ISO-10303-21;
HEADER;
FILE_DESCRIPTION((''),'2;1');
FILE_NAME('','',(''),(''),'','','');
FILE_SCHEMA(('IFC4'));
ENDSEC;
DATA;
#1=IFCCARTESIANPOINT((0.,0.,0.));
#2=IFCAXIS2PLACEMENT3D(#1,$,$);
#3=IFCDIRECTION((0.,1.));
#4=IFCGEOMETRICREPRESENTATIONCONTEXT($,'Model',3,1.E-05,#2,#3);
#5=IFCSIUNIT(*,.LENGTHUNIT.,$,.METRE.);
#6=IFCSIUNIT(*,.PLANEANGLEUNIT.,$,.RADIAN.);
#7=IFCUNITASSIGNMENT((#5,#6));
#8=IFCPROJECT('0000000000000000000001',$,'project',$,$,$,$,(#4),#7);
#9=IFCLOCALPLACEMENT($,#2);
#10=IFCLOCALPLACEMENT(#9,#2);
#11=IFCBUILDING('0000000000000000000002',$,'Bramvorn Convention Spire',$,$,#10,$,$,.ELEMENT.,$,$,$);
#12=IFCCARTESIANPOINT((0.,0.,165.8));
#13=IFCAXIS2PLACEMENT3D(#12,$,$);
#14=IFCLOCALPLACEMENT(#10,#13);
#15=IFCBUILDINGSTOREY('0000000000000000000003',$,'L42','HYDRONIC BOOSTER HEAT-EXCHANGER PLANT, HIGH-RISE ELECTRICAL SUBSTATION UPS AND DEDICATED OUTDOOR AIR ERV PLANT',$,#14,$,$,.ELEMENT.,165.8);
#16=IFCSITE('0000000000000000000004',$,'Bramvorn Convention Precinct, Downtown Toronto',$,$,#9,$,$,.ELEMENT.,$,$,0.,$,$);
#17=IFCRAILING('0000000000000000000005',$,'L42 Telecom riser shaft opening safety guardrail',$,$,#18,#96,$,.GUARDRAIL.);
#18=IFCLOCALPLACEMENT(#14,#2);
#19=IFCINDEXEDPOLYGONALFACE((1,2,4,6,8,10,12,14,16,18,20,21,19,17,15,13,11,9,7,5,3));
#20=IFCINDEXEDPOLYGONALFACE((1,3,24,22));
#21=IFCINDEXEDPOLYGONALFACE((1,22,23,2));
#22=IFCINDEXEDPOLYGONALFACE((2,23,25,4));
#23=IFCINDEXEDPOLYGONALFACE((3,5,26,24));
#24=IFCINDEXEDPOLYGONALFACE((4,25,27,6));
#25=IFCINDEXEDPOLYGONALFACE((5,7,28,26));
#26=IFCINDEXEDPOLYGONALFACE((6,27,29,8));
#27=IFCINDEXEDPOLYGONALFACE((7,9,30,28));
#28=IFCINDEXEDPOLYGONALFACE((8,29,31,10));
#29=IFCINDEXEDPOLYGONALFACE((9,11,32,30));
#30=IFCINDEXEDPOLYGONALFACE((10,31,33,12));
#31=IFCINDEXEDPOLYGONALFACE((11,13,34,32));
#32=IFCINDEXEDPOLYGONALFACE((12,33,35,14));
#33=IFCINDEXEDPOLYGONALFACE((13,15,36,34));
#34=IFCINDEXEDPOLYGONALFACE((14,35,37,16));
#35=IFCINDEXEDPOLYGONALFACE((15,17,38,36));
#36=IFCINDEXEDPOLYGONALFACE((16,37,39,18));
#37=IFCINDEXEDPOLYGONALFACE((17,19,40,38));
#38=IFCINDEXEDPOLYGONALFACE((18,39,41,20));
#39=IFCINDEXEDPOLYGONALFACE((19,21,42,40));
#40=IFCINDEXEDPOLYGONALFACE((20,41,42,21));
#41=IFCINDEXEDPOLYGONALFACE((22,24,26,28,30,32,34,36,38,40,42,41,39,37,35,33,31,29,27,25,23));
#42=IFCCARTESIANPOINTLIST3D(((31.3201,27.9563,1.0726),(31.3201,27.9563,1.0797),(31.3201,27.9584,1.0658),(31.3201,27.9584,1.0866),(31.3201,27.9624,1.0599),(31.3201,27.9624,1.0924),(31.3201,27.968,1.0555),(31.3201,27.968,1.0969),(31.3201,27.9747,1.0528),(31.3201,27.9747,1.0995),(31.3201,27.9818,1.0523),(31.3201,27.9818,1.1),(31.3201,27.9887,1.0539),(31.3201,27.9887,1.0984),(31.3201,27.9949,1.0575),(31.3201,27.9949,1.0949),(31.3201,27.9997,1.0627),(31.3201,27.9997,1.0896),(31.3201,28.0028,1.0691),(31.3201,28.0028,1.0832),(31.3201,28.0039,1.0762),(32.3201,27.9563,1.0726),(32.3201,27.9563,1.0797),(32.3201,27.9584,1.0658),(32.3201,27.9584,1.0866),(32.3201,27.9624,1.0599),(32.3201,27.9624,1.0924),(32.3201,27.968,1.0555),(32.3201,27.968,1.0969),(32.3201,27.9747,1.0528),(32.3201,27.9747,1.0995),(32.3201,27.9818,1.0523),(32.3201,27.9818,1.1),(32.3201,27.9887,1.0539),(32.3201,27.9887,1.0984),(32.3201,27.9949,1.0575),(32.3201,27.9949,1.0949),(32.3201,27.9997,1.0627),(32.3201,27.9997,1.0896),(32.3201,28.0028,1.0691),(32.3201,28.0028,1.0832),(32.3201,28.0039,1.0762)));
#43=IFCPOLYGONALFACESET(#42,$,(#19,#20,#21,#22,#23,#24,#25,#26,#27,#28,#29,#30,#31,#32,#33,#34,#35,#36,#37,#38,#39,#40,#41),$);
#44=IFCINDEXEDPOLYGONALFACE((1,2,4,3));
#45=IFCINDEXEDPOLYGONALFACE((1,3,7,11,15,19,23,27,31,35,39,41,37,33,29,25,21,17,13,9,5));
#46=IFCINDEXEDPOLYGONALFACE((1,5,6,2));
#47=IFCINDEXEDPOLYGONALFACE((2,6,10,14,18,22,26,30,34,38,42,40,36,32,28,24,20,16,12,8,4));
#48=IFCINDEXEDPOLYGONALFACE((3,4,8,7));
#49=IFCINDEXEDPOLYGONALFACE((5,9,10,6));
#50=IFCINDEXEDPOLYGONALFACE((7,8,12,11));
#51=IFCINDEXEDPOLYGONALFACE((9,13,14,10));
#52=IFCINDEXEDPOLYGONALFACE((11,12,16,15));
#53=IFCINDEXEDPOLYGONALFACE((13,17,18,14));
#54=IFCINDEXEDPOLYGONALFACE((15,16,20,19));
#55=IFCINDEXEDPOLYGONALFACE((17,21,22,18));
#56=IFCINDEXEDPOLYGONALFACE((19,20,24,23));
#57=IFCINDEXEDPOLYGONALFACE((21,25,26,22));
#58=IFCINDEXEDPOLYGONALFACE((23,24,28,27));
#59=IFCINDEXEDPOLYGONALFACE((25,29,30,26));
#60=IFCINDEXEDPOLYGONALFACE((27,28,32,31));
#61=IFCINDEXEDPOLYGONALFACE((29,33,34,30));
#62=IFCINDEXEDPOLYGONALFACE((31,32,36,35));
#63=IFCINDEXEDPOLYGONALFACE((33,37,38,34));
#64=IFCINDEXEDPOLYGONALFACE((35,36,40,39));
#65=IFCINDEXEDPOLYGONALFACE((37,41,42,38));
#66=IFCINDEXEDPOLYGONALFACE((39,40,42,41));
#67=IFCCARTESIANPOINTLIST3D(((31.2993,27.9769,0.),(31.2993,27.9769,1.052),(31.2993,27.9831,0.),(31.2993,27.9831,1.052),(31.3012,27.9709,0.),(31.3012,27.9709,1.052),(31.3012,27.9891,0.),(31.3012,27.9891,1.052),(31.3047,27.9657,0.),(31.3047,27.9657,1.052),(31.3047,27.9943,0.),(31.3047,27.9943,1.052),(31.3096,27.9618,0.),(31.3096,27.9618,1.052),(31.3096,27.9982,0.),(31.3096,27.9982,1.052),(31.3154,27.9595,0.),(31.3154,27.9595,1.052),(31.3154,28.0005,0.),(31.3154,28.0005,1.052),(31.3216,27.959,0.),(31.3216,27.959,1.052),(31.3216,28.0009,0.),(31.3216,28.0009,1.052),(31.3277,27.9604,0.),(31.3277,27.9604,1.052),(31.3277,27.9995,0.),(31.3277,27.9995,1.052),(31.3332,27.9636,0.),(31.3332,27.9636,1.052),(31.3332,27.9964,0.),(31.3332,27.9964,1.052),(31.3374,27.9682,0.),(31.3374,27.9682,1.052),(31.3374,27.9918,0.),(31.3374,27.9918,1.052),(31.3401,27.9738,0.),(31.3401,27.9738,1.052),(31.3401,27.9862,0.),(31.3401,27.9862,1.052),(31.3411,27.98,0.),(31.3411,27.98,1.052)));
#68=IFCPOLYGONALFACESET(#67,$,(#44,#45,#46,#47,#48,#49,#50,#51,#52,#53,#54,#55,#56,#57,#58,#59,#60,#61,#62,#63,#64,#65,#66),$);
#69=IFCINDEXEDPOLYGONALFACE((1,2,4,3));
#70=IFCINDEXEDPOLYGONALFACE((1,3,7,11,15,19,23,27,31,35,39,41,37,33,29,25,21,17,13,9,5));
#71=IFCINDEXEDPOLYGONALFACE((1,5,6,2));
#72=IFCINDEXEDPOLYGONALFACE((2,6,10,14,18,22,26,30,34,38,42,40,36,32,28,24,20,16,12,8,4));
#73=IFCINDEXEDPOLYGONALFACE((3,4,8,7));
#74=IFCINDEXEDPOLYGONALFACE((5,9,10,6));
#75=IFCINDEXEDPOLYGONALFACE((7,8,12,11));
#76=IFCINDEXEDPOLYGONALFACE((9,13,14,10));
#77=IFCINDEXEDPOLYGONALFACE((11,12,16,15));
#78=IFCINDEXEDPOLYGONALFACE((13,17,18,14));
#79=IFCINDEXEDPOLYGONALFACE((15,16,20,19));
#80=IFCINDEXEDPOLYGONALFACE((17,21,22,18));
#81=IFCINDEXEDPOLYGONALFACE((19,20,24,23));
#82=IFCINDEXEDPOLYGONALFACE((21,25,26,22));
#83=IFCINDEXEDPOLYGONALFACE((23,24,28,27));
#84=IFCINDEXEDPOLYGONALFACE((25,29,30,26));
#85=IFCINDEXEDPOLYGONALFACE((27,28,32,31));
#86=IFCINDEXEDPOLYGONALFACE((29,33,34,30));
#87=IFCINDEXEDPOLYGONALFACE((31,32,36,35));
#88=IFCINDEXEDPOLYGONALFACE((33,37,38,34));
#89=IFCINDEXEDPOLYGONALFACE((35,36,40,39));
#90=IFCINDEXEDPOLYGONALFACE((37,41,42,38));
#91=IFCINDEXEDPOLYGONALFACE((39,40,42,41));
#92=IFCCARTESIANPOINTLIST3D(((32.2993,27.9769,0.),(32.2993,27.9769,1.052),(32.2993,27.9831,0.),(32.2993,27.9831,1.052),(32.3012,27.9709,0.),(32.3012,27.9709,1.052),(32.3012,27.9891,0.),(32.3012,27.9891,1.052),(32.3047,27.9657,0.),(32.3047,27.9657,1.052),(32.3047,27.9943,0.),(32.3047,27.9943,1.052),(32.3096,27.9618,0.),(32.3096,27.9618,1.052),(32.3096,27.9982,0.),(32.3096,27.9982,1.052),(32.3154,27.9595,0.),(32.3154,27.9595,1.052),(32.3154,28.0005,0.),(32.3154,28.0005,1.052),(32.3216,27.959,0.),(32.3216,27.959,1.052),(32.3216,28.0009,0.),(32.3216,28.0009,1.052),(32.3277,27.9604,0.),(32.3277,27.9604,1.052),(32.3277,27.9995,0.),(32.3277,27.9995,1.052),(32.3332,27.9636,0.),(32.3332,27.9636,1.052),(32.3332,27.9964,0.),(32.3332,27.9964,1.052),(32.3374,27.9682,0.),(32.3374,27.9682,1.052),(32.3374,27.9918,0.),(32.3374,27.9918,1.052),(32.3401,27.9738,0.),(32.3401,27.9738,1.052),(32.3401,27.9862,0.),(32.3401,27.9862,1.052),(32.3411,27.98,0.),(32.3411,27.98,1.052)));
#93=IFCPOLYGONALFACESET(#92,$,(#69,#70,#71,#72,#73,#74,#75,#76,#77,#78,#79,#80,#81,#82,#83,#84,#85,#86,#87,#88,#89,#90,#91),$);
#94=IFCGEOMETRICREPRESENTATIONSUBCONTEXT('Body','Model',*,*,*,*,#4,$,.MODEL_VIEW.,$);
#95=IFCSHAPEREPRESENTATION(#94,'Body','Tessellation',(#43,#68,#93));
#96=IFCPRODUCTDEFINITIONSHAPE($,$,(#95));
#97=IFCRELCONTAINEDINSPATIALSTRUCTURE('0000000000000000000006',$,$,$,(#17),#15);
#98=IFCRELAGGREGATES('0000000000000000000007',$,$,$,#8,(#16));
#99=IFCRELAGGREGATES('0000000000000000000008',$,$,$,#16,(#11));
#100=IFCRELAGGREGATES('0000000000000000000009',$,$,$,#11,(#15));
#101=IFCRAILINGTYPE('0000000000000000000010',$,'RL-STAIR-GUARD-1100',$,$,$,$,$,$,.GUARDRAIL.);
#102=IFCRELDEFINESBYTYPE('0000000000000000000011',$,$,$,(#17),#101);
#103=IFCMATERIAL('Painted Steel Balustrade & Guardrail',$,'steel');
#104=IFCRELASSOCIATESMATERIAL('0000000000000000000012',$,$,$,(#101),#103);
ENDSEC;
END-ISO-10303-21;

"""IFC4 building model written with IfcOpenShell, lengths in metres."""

from ifc_helpers import new_model, si_unit, direction, frame, origin, origin_2d, place, context, subcontext, project, spatial, circle, extrude, material, type_object, element, save


model = new_model("IFC4")

# Units and contexts
model_context = context("Model", 3, precision=1e-05, world=origin(), true_north=direction((0.0, 1.0)))
body_context = subcontext(model_context, "Body", "Model", "MODEL_VIEW")
ifc_project = project(units=[si_unit("LENGTHUNIT", "METRE"), si_unit("PLANEANGLEUNIT", "RADIAN")], contexts=[model_context])

# Site, building, storey
site_placement = place(None, origin())
site = spatial("IfcSite", under=ifc_project, at=site_placement, Name="Bramvorn Convention Precinct, Downtown Toronto", CompositionType="ELEMENT", RefElevation=0.0)
building_placement = place(site_placement, origin())
building = spatial("IfcBuilding", under=site, at=building_placement, Name="Bramvorn Convention Spire", CompositionType="ELEMENT")
storey_placement = place(building_placement, frame((0.0, 0.0, 165.8)))
storey = spatial("IfcBuildingStorey", under=building, at=storey_placement, Name="L42", Description="HYDRONIC BOOSTER HEAT-EXCHANGER PLANT, HIGH-RISE ELECTRICAL SUBSTATION UPS AND DEDICATED OUTDOOR AIR ERV PLANT", CompositionType="ELEMENT", Elevation=165.8)

# Railing
ifc_material_1 = material(Name="Painted Steel Balustrade & Guardrail", Category="steel")
railing_type = type_object("IfcRailingType", Name="RL-STAIR-GUARD-1100", PredefinedType="GUARDRAIL", material=ifc_material_1)
railing_1_placement = place(storey_placement, frame((31.3201, 27.98, 0.0)))
element("IfcRailing", 1, at=railing_1_placement, inside=storey, type_object=railing_type, Name="L42 Telecom riser shaft opening safety guardrail", PredefinedType="GUARDRAIL", context=body_context, shape_type="SweptSolid", body=[
    extrude(circle(Radius=0.0239, at=origin_2d()), frame((0.0, 0.0, 1.0762), z_axis=(1.0, 0.0, 0.0), x_axis=(0.0, 1.0, 0.0)), (0.0, 0.0, 1.0), 1.0),
    extrude(circle(Radius=0.021, at=origin_2d()), origin(), (0.0, 0.0, 1.0), 1.052),
    extrude(circle(Radius=0.021, at=origin_2d()), frame((1.0, 0.0, 0.0)), (0.0, 0.0, 1.0), 1.052),
])

save(model, "model.ifc")
